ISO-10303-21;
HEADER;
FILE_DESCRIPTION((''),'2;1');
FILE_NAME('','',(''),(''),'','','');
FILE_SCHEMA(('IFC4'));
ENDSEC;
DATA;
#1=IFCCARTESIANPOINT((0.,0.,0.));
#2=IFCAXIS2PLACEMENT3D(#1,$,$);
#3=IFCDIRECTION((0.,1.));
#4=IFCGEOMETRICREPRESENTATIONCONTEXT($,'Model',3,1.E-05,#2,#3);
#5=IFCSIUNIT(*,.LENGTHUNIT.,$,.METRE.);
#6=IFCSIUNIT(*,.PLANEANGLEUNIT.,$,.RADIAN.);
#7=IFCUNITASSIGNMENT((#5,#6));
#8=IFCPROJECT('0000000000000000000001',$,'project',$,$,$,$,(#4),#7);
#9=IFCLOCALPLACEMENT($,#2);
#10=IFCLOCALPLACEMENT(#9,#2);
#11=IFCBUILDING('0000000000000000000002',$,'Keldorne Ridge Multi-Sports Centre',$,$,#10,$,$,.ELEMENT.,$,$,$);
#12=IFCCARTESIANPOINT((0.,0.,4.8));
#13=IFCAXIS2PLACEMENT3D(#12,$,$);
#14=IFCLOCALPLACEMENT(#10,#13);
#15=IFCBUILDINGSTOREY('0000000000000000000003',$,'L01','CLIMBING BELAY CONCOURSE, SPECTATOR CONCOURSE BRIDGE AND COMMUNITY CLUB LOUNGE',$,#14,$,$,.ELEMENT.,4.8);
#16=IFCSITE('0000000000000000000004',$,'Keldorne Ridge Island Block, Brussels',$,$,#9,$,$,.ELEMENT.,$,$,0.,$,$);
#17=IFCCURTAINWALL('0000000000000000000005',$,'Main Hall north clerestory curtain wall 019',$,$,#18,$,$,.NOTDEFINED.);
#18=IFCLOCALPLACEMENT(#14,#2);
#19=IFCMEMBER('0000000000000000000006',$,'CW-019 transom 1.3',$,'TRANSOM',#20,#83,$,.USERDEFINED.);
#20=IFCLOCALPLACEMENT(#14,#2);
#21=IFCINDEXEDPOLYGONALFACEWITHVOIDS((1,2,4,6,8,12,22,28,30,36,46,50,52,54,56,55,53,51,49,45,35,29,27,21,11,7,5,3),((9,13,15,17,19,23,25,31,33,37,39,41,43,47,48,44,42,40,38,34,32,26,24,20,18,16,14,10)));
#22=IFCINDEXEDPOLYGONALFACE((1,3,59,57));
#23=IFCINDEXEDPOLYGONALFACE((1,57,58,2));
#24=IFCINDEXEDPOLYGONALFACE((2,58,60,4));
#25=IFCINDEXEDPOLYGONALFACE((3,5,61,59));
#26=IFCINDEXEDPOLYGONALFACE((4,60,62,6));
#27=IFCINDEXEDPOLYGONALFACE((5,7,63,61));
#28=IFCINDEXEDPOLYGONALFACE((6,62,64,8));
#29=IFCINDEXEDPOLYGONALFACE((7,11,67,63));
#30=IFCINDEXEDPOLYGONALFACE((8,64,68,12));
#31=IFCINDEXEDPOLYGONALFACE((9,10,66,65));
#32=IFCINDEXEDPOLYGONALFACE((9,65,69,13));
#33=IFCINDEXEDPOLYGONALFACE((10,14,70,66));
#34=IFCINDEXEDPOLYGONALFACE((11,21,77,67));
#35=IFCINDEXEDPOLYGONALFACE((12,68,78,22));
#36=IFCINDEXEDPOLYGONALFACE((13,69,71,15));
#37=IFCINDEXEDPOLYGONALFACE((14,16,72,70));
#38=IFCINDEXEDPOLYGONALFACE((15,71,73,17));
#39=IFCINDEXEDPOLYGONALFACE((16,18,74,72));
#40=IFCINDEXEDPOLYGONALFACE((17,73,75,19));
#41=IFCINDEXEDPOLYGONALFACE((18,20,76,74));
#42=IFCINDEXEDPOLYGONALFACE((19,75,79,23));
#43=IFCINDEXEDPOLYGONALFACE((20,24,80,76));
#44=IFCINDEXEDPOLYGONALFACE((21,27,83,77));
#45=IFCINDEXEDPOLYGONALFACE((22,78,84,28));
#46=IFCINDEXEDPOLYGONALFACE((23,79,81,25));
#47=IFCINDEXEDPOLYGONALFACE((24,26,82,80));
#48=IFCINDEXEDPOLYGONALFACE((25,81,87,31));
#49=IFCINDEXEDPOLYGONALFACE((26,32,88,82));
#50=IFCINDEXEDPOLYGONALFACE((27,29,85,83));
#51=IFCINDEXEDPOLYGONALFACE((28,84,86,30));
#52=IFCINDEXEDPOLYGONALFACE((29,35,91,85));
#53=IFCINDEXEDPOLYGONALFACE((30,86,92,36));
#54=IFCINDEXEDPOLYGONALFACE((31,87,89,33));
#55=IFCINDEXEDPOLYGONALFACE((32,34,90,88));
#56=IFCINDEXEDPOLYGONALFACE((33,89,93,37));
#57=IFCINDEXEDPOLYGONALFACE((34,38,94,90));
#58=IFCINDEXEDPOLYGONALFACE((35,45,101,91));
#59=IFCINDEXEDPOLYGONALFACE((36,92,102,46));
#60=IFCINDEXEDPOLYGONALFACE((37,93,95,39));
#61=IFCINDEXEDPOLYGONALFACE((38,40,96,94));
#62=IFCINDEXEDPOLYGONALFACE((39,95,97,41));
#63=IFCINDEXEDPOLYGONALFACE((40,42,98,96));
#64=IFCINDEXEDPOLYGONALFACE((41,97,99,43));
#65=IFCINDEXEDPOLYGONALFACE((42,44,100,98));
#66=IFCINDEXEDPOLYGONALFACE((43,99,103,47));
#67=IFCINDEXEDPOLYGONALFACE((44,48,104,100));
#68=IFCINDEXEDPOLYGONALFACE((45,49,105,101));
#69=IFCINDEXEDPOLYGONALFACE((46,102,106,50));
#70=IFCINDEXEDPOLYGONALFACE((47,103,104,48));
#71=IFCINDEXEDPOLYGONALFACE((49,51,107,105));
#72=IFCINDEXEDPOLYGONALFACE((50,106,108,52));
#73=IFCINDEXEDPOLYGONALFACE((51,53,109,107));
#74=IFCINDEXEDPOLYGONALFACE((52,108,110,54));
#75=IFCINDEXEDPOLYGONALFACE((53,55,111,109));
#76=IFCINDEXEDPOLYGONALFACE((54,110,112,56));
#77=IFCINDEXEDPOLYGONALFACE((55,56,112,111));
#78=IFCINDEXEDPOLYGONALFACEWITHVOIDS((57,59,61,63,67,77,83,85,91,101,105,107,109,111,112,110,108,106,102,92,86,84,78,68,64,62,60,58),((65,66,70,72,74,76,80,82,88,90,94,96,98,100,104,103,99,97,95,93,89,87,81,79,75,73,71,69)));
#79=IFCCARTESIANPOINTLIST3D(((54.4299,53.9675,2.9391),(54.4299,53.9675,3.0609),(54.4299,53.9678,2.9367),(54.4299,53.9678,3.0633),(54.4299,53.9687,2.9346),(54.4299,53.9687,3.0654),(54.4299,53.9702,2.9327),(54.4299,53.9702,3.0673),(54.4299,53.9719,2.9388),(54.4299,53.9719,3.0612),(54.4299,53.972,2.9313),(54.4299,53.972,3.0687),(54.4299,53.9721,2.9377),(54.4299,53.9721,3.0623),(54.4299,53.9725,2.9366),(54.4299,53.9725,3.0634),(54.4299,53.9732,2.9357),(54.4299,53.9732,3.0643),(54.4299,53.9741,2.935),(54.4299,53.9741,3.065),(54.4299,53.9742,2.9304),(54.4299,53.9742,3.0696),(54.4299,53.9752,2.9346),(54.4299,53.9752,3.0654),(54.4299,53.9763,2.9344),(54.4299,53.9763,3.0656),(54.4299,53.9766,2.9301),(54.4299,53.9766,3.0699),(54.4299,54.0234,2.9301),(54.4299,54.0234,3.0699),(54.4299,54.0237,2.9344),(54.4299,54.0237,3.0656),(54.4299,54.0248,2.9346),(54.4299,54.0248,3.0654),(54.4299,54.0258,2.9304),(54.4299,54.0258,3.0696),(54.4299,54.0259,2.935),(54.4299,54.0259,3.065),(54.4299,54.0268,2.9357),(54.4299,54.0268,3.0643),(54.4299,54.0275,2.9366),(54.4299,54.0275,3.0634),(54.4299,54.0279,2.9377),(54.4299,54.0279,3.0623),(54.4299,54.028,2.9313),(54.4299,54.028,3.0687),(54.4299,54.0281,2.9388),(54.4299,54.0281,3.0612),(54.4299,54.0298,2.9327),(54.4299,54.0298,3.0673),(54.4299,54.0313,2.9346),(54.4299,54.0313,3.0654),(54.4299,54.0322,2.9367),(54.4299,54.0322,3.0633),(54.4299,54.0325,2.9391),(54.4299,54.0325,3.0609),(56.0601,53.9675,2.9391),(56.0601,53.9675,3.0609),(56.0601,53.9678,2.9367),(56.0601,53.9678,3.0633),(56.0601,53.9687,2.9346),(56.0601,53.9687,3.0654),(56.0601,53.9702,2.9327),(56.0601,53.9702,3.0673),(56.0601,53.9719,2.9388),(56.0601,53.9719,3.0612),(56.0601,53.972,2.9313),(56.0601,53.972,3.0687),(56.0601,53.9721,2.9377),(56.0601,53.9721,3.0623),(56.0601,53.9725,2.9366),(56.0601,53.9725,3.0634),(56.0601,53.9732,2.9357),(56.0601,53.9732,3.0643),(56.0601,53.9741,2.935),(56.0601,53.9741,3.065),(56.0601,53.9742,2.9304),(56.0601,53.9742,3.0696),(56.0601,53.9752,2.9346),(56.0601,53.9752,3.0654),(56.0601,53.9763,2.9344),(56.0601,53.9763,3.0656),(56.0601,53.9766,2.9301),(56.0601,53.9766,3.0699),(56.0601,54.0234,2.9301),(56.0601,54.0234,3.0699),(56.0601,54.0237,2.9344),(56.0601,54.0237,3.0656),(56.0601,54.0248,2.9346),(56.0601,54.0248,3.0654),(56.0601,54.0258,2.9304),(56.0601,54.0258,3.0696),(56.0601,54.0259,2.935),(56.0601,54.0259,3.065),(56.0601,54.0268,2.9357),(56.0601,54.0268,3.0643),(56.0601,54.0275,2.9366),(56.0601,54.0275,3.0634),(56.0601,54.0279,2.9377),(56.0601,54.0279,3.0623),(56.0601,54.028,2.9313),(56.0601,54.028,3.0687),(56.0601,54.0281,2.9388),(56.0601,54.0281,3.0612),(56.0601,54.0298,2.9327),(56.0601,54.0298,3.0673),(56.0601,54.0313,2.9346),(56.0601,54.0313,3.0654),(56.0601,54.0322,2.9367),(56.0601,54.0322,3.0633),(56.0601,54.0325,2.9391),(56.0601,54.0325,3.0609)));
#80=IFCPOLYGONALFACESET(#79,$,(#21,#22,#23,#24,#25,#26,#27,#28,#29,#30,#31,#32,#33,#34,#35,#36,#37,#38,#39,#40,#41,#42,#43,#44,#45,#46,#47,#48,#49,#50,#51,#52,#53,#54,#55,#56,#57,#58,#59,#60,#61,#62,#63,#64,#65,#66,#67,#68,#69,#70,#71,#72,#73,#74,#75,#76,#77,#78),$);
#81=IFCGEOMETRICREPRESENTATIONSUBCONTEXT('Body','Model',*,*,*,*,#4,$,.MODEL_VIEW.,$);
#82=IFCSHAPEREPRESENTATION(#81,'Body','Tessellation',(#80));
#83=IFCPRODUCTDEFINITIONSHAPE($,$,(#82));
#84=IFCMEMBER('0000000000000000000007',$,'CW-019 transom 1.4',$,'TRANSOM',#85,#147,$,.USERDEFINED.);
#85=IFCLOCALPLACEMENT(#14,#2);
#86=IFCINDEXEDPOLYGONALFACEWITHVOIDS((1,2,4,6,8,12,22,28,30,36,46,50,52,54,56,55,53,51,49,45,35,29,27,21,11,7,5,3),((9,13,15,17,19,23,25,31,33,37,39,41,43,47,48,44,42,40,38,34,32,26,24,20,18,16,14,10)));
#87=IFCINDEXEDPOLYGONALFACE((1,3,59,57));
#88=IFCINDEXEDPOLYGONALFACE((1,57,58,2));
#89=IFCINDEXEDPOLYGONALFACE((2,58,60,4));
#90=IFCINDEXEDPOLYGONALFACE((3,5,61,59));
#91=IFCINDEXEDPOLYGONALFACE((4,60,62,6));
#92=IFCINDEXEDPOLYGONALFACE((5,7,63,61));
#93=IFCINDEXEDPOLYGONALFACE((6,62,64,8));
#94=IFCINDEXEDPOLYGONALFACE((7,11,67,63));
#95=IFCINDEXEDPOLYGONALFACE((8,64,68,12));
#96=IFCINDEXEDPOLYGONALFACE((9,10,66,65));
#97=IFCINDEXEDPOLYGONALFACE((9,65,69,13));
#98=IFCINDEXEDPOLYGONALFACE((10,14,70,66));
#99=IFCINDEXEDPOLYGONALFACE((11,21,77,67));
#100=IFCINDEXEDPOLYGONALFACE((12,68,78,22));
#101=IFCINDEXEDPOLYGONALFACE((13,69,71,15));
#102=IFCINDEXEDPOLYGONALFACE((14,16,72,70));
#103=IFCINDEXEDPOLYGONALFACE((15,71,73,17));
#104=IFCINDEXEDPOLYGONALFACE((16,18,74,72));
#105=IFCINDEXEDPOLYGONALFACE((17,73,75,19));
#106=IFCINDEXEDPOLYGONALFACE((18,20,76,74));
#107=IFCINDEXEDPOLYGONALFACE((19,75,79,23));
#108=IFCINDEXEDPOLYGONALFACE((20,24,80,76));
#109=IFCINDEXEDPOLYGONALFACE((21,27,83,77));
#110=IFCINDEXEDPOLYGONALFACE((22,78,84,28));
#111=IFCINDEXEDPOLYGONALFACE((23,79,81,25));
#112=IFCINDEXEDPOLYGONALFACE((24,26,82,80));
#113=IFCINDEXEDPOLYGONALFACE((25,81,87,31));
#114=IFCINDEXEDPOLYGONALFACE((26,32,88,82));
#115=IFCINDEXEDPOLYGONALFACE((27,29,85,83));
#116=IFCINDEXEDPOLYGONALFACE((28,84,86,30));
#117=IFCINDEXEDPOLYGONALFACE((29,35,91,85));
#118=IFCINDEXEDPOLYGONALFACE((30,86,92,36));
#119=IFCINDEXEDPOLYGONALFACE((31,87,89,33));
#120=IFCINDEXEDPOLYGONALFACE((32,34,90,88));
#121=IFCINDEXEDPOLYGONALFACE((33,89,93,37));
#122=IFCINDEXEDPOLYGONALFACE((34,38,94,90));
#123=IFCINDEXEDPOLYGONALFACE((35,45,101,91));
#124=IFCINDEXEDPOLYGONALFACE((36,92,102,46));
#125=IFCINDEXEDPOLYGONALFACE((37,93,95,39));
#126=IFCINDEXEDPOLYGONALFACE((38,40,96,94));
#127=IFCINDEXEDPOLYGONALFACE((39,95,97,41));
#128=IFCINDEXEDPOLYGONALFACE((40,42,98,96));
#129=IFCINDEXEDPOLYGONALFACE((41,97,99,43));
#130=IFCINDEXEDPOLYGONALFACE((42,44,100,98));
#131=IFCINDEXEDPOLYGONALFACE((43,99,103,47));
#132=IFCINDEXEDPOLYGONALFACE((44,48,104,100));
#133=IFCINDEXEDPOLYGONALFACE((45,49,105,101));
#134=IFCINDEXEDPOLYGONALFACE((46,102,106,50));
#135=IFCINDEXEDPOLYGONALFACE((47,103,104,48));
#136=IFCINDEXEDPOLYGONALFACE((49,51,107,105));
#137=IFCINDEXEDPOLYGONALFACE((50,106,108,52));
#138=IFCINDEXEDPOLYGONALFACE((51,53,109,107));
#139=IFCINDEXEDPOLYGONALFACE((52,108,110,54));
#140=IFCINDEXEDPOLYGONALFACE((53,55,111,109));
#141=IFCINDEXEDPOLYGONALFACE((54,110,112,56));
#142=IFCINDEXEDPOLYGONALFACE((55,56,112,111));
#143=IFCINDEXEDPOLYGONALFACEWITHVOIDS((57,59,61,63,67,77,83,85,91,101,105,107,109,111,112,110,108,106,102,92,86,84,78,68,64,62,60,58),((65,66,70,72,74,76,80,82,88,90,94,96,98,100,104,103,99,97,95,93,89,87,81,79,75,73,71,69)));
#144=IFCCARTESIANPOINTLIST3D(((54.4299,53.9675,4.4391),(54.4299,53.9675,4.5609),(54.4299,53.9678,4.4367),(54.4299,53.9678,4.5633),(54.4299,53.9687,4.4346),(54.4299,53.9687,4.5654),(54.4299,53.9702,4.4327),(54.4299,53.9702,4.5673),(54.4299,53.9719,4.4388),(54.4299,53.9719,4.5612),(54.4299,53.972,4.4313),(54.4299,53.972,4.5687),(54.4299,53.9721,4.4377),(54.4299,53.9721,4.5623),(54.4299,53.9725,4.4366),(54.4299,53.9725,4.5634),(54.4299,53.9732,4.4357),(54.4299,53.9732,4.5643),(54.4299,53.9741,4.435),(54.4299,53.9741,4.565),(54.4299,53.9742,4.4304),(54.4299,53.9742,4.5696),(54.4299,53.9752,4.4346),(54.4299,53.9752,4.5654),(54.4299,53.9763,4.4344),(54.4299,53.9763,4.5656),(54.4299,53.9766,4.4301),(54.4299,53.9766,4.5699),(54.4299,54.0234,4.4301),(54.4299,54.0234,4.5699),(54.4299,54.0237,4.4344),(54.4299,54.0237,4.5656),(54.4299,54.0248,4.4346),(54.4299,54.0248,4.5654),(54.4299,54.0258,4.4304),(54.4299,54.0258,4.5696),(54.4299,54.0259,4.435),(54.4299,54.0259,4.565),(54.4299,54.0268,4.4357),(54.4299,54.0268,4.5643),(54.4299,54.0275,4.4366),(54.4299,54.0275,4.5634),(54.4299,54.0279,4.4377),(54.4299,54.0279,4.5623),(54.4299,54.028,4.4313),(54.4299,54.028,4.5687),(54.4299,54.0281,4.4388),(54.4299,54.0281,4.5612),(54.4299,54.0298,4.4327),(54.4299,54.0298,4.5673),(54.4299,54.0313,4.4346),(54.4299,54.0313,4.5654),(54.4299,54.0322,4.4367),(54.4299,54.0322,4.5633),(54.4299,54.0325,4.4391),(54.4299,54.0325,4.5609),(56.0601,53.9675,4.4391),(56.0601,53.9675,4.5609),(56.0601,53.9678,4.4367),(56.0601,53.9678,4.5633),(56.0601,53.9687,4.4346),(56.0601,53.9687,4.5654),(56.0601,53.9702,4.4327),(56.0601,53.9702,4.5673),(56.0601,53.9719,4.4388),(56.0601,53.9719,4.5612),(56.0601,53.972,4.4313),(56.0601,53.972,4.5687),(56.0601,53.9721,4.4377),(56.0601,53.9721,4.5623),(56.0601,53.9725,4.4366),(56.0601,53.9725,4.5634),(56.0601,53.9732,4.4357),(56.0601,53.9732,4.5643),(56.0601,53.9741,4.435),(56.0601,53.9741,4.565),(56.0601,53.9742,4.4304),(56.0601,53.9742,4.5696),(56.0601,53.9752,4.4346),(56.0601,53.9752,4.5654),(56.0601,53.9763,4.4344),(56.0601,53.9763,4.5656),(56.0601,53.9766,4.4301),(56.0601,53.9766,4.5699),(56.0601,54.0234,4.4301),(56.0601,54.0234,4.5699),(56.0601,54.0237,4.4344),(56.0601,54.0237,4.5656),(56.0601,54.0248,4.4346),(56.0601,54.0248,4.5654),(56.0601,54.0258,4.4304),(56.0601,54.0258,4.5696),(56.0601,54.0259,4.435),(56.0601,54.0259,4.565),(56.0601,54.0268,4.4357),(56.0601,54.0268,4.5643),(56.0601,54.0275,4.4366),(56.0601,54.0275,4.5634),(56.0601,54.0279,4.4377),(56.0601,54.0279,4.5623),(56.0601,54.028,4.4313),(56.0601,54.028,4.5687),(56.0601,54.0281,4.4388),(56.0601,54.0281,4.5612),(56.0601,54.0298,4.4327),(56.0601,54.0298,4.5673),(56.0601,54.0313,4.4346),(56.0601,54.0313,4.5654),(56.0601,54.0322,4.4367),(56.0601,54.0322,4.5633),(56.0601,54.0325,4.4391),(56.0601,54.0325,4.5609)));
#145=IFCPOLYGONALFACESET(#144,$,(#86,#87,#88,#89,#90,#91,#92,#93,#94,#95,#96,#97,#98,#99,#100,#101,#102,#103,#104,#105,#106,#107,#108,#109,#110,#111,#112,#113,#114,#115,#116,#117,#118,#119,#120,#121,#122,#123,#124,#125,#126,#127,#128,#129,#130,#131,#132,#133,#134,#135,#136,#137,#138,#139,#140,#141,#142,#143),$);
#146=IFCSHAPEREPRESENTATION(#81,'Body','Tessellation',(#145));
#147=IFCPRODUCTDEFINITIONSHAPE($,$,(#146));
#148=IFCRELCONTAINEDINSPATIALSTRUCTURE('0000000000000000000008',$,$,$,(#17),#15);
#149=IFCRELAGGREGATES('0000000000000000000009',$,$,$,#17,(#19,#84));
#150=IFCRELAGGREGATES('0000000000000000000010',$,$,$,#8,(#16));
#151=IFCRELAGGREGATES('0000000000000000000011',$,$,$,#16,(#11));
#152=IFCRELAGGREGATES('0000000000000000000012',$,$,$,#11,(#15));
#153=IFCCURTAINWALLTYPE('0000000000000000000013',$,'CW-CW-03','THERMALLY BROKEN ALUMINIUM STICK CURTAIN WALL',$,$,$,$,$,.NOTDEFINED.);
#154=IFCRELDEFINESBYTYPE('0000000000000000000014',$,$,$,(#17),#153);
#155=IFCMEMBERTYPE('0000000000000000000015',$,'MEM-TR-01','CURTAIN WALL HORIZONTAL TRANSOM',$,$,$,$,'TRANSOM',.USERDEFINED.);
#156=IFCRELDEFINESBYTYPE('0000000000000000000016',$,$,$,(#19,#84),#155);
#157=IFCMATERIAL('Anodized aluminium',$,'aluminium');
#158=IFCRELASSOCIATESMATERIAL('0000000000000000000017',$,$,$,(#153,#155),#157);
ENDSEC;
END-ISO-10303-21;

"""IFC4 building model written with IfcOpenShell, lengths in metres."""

from ifc_helpers import new_model, si_unit, direction, frame, origin, origin_2d, place, context, subcontext, project, spatial, hollow_rectangle, extrude, material, material_profile, profile_set, type_object, element, aggregate, save


model = new_model("IFC4")

# Units and contexts
model_context = context("Model", 3, precision=1e-05, world=origin(), true_north=direction((0.0, 1.0)))
body_context = subcontext(model_context, "Body", "Model", "MODEL_VIEW")
ifc_project = project(units=[si_unit("LENGTHUNIT", "METRE"), si_unit("PLANEANGLEUNIT", "RADIAN")], contexts=[model_context])

# Site, building, storey
site_placement = place(None, origin())
site = spatial("IfcSite", under=ifc_project, at=site_placement, Name="Keldorne Ridge Island Block, Brussels", CompositionType="ELEMENT", RefElevation=0.0)
building_placement = place(site_placement, origin())
building = spatial("IfcBuilding", under=site, at=building_placement, Name="Keldorne Ridge Multi-Sports Centre", CompositionType="ELEMENT")
storey_placement = place(building_placement, frame((0.0, 0.0, 4.8)))
storey = spatial("IfcBuildingStorey", under=building, at=storey_placement, Name="L01", Description="CLIMBING BELAY CONCOURSE, SPECTATOR CONCOURSE BRIDGE AND COMMUNITY CLUB LOUNGE", CompositionType="ELEMENT", Elevation=4.8)

# Curtain wall
ifc_material_1 = material(Name="Anodized aluminium", Category="aluminium")
curtain_wall_type_1 = type_object("IfcCurtainWallType", Name="CW-CW-03", Description="THERMALLY BROKEN ALUMINIUM STICK CURTAIN WALL", PredefinedType="NOTDEFINED", material=ifc_material_1)
curtain_wall_1_placement = place(storey_placement, origin())
curtain_wall_1 = element("IfcCurtainWall", 1, at=curtain_wall_1_placement, inside=storey, type_object=curtain_wall_type_1, Name="Main Hall north clerestory curtain wall 019", PredefinedType="NOTDEFINED")

# Members
ifc_material_profile_1 = material_profile(ifc_material_1, hollow_rectangle(XDim=0.0649, YDim=0.1399, WallThickness=0.0044, InnerFilletRadius=0.0044, OuterFilletRadius=0.009, at=origin_2d()), Name="ALU TRANSOM 140x65x4.5")
ifc_profile_set_1 = profile_set([ifc_material_profile_1], Name="Anodized aluminium")
member_type_1 = type_object("IfcMemberType", Name="MEM-TR-01", Description="CURTAIN WALL HORIZONTAL TRANSOM", ElementType="TRANSOM", PredefinedType="USERDEFINED", material=ifc_profile_set_1)
member_1_placement = place(storey_placement, frame((56.0601, 54.0, 3.0), z_axis=(-1.0, 0.0, 0.0), x_axis=(0.0, -1.0, 0.0)))
member_1 = element("IfcMember", 2, at=member_1_placement, type_object=member_type_1, Name="CW-019 transom 1.3", ObjectType="TRANSOM", PredefinedType="USERDEFINED", context=body_context, shape_type="SweptSolid", body=[
    extrude(hollow_rectangle(XDim=0.0649, YDim=0.1399, WallThickness=0.0044, InnerFilletRadius=0.0044, OuterFilletRadius=0.009, at=origin_2d()), origin(), (0.0, 0.0, 1.0), 1.6301),
])
member_2_placement = place(storey_placement, frame((56.0601, 54.0, 4.5), z_axis=(-1.0, 0.0, 0.0), x_axis=(0.0, -1.0, 0.0)))
member_2 = element("IfcMember", 3, at=member_2_placement, type_object=member_type_1, Name="CW-019 transom 1.4", ObjectType="TRANSOM", PredefinedType="USERDEFINED", context=body_context, shape_type="SweptSolid", body=[
    extrude(hollow_rectangle(XDim=0.0649, YDim=0.1399, WallThickness=0.0044, InnerFilletRadius=0.0044, OuterFilletRadius=0.009, at=origin_2d()), origin(), (0.0, 0.0, 1.0), 1.6301),
])

aggregate(curtain_wall_1, [member_1, member_2])

save(model, "model.ifc")
